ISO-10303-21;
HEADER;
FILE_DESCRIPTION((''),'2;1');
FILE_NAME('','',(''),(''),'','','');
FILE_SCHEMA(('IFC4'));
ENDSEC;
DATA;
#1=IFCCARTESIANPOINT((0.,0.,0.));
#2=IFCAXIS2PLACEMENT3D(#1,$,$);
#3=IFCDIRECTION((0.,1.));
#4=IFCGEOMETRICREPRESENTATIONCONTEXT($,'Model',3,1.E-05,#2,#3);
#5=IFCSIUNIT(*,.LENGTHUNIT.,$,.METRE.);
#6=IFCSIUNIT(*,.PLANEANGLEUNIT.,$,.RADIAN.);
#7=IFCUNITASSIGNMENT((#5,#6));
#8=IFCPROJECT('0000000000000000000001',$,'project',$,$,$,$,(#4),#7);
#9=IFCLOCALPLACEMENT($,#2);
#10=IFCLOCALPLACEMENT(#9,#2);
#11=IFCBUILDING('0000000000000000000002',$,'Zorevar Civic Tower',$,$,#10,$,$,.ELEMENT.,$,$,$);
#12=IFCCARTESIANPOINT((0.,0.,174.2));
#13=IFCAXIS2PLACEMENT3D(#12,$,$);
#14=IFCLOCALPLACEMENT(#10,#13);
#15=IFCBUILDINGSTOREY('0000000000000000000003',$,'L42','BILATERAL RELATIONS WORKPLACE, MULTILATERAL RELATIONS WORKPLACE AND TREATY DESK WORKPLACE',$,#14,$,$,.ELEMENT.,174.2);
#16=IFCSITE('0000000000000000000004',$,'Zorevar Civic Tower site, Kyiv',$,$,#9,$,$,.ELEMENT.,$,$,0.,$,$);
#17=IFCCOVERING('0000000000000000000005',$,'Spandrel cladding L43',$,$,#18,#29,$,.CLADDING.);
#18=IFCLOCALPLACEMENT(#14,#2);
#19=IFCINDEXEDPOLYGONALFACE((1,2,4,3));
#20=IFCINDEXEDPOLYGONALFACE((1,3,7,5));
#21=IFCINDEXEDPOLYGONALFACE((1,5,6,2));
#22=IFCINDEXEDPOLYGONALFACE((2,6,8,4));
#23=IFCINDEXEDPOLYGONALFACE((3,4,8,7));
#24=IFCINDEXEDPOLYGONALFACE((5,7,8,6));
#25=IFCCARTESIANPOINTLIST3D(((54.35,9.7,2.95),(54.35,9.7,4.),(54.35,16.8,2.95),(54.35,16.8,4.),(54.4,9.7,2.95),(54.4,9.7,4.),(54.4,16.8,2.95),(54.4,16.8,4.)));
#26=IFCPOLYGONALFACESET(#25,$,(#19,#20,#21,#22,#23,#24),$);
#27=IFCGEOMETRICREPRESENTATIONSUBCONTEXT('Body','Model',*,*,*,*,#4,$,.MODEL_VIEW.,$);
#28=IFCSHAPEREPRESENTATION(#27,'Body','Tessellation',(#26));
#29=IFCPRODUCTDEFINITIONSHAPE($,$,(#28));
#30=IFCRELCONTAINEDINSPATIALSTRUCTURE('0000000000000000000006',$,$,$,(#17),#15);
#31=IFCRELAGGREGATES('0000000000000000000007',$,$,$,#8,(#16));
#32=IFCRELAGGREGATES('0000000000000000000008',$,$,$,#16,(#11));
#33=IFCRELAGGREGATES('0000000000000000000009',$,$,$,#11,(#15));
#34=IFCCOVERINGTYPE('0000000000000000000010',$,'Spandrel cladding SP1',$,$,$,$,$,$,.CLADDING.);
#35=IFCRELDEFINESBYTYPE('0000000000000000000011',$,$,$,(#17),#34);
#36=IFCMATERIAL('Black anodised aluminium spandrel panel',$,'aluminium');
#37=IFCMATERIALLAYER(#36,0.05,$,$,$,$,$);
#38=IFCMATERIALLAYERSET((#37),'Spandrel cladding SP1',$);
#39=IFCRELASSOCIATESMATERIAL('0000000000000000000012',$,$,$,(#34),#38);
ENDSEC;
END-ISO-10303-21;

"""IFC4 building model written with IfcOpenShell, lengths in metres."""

from ifc_helpers import new_model, si_unit, direction, frame, frame_2d, origin, place, context, subcontext, project, spatial, rectangle, extrude, material, layer, layer_set, type_object, element, save


model = new_model("IFC4")

# Units and contexts
model_context = context("Model", 3, precision=1e-05, world=origin(), true_north=direction((0.0, 1.0)))
body_context = subcontext(model_context, "Body", "Model", "MODEL_VIEW")
ifc_project = project(units=[si_unit("LENGTHUNIT", "METRE"), si_unit("PLANEANGLEUNIT", "RADIAN")], contexts=[model_context])

# Site, building, storey
site_placement = place(None, origin())
site = spatial("IfcSite", under=ifc_project, at=site_placement, Name="Zorevar Civic Tower site, Kyiv", CompositionType="ELEMENT", RefElevation=0.0)
building_placement = place(site_placement, origin())
building = spatial("IfcBuilding", under=site, at=building_placement, Name="Zorevar Civic Tower", CompositionType="ELEMENT")
storey_placement = place(building_placement, frame((0.0, 0.0, 174.2)))
storey = spatial("IfcBuildingStorey", under=building, at=storey_placement, Name="L42", Description="BILATERAL RELATIONS WORKPLACE, MULTILATERAL RELATIONS WORKPLACE AND TREATY DESK WORKPLACE", CompositionType="ELEMENT", Elevation=174.2)

# Covering
ifc_material_1 = material(Name="Black anodised aluminium spandrel panel", Category="aluminium")
ifc_layer_1 = layer(ifc_material_1, 0.05)
ifc_layer_set_1 = layer_set([ifc_layer_1], Name="Spandrel cladding SP1")
covering_type = type_object("IfcCoveringType", Name="Spandrel cladding SP1", PredefinedType="CLADDING", material=ifc_layer_set_1)
covering_placement = place(storey_placement, frame((54.375, 9.7, 2.95), z_axis=(0.0, 0.0, 1.0), x_axis=(0.0, 1.0, 0.0)))
element("IfcCovering", 1, at=covering_placement, inside=storey, type_object=covering_type, Name="Spandrel cladding L43", PredefinedType="CLADDING", context=body_context, shape_type="SweptSolid", body=[
    extrude(rectangle(XDim=7.1001, YDim=0.05, at=frame_2d((3.55, 0.0))), origin(), (0.0, 0.0, 1.0), 1.05),
])

save(model, "model.ifc")
